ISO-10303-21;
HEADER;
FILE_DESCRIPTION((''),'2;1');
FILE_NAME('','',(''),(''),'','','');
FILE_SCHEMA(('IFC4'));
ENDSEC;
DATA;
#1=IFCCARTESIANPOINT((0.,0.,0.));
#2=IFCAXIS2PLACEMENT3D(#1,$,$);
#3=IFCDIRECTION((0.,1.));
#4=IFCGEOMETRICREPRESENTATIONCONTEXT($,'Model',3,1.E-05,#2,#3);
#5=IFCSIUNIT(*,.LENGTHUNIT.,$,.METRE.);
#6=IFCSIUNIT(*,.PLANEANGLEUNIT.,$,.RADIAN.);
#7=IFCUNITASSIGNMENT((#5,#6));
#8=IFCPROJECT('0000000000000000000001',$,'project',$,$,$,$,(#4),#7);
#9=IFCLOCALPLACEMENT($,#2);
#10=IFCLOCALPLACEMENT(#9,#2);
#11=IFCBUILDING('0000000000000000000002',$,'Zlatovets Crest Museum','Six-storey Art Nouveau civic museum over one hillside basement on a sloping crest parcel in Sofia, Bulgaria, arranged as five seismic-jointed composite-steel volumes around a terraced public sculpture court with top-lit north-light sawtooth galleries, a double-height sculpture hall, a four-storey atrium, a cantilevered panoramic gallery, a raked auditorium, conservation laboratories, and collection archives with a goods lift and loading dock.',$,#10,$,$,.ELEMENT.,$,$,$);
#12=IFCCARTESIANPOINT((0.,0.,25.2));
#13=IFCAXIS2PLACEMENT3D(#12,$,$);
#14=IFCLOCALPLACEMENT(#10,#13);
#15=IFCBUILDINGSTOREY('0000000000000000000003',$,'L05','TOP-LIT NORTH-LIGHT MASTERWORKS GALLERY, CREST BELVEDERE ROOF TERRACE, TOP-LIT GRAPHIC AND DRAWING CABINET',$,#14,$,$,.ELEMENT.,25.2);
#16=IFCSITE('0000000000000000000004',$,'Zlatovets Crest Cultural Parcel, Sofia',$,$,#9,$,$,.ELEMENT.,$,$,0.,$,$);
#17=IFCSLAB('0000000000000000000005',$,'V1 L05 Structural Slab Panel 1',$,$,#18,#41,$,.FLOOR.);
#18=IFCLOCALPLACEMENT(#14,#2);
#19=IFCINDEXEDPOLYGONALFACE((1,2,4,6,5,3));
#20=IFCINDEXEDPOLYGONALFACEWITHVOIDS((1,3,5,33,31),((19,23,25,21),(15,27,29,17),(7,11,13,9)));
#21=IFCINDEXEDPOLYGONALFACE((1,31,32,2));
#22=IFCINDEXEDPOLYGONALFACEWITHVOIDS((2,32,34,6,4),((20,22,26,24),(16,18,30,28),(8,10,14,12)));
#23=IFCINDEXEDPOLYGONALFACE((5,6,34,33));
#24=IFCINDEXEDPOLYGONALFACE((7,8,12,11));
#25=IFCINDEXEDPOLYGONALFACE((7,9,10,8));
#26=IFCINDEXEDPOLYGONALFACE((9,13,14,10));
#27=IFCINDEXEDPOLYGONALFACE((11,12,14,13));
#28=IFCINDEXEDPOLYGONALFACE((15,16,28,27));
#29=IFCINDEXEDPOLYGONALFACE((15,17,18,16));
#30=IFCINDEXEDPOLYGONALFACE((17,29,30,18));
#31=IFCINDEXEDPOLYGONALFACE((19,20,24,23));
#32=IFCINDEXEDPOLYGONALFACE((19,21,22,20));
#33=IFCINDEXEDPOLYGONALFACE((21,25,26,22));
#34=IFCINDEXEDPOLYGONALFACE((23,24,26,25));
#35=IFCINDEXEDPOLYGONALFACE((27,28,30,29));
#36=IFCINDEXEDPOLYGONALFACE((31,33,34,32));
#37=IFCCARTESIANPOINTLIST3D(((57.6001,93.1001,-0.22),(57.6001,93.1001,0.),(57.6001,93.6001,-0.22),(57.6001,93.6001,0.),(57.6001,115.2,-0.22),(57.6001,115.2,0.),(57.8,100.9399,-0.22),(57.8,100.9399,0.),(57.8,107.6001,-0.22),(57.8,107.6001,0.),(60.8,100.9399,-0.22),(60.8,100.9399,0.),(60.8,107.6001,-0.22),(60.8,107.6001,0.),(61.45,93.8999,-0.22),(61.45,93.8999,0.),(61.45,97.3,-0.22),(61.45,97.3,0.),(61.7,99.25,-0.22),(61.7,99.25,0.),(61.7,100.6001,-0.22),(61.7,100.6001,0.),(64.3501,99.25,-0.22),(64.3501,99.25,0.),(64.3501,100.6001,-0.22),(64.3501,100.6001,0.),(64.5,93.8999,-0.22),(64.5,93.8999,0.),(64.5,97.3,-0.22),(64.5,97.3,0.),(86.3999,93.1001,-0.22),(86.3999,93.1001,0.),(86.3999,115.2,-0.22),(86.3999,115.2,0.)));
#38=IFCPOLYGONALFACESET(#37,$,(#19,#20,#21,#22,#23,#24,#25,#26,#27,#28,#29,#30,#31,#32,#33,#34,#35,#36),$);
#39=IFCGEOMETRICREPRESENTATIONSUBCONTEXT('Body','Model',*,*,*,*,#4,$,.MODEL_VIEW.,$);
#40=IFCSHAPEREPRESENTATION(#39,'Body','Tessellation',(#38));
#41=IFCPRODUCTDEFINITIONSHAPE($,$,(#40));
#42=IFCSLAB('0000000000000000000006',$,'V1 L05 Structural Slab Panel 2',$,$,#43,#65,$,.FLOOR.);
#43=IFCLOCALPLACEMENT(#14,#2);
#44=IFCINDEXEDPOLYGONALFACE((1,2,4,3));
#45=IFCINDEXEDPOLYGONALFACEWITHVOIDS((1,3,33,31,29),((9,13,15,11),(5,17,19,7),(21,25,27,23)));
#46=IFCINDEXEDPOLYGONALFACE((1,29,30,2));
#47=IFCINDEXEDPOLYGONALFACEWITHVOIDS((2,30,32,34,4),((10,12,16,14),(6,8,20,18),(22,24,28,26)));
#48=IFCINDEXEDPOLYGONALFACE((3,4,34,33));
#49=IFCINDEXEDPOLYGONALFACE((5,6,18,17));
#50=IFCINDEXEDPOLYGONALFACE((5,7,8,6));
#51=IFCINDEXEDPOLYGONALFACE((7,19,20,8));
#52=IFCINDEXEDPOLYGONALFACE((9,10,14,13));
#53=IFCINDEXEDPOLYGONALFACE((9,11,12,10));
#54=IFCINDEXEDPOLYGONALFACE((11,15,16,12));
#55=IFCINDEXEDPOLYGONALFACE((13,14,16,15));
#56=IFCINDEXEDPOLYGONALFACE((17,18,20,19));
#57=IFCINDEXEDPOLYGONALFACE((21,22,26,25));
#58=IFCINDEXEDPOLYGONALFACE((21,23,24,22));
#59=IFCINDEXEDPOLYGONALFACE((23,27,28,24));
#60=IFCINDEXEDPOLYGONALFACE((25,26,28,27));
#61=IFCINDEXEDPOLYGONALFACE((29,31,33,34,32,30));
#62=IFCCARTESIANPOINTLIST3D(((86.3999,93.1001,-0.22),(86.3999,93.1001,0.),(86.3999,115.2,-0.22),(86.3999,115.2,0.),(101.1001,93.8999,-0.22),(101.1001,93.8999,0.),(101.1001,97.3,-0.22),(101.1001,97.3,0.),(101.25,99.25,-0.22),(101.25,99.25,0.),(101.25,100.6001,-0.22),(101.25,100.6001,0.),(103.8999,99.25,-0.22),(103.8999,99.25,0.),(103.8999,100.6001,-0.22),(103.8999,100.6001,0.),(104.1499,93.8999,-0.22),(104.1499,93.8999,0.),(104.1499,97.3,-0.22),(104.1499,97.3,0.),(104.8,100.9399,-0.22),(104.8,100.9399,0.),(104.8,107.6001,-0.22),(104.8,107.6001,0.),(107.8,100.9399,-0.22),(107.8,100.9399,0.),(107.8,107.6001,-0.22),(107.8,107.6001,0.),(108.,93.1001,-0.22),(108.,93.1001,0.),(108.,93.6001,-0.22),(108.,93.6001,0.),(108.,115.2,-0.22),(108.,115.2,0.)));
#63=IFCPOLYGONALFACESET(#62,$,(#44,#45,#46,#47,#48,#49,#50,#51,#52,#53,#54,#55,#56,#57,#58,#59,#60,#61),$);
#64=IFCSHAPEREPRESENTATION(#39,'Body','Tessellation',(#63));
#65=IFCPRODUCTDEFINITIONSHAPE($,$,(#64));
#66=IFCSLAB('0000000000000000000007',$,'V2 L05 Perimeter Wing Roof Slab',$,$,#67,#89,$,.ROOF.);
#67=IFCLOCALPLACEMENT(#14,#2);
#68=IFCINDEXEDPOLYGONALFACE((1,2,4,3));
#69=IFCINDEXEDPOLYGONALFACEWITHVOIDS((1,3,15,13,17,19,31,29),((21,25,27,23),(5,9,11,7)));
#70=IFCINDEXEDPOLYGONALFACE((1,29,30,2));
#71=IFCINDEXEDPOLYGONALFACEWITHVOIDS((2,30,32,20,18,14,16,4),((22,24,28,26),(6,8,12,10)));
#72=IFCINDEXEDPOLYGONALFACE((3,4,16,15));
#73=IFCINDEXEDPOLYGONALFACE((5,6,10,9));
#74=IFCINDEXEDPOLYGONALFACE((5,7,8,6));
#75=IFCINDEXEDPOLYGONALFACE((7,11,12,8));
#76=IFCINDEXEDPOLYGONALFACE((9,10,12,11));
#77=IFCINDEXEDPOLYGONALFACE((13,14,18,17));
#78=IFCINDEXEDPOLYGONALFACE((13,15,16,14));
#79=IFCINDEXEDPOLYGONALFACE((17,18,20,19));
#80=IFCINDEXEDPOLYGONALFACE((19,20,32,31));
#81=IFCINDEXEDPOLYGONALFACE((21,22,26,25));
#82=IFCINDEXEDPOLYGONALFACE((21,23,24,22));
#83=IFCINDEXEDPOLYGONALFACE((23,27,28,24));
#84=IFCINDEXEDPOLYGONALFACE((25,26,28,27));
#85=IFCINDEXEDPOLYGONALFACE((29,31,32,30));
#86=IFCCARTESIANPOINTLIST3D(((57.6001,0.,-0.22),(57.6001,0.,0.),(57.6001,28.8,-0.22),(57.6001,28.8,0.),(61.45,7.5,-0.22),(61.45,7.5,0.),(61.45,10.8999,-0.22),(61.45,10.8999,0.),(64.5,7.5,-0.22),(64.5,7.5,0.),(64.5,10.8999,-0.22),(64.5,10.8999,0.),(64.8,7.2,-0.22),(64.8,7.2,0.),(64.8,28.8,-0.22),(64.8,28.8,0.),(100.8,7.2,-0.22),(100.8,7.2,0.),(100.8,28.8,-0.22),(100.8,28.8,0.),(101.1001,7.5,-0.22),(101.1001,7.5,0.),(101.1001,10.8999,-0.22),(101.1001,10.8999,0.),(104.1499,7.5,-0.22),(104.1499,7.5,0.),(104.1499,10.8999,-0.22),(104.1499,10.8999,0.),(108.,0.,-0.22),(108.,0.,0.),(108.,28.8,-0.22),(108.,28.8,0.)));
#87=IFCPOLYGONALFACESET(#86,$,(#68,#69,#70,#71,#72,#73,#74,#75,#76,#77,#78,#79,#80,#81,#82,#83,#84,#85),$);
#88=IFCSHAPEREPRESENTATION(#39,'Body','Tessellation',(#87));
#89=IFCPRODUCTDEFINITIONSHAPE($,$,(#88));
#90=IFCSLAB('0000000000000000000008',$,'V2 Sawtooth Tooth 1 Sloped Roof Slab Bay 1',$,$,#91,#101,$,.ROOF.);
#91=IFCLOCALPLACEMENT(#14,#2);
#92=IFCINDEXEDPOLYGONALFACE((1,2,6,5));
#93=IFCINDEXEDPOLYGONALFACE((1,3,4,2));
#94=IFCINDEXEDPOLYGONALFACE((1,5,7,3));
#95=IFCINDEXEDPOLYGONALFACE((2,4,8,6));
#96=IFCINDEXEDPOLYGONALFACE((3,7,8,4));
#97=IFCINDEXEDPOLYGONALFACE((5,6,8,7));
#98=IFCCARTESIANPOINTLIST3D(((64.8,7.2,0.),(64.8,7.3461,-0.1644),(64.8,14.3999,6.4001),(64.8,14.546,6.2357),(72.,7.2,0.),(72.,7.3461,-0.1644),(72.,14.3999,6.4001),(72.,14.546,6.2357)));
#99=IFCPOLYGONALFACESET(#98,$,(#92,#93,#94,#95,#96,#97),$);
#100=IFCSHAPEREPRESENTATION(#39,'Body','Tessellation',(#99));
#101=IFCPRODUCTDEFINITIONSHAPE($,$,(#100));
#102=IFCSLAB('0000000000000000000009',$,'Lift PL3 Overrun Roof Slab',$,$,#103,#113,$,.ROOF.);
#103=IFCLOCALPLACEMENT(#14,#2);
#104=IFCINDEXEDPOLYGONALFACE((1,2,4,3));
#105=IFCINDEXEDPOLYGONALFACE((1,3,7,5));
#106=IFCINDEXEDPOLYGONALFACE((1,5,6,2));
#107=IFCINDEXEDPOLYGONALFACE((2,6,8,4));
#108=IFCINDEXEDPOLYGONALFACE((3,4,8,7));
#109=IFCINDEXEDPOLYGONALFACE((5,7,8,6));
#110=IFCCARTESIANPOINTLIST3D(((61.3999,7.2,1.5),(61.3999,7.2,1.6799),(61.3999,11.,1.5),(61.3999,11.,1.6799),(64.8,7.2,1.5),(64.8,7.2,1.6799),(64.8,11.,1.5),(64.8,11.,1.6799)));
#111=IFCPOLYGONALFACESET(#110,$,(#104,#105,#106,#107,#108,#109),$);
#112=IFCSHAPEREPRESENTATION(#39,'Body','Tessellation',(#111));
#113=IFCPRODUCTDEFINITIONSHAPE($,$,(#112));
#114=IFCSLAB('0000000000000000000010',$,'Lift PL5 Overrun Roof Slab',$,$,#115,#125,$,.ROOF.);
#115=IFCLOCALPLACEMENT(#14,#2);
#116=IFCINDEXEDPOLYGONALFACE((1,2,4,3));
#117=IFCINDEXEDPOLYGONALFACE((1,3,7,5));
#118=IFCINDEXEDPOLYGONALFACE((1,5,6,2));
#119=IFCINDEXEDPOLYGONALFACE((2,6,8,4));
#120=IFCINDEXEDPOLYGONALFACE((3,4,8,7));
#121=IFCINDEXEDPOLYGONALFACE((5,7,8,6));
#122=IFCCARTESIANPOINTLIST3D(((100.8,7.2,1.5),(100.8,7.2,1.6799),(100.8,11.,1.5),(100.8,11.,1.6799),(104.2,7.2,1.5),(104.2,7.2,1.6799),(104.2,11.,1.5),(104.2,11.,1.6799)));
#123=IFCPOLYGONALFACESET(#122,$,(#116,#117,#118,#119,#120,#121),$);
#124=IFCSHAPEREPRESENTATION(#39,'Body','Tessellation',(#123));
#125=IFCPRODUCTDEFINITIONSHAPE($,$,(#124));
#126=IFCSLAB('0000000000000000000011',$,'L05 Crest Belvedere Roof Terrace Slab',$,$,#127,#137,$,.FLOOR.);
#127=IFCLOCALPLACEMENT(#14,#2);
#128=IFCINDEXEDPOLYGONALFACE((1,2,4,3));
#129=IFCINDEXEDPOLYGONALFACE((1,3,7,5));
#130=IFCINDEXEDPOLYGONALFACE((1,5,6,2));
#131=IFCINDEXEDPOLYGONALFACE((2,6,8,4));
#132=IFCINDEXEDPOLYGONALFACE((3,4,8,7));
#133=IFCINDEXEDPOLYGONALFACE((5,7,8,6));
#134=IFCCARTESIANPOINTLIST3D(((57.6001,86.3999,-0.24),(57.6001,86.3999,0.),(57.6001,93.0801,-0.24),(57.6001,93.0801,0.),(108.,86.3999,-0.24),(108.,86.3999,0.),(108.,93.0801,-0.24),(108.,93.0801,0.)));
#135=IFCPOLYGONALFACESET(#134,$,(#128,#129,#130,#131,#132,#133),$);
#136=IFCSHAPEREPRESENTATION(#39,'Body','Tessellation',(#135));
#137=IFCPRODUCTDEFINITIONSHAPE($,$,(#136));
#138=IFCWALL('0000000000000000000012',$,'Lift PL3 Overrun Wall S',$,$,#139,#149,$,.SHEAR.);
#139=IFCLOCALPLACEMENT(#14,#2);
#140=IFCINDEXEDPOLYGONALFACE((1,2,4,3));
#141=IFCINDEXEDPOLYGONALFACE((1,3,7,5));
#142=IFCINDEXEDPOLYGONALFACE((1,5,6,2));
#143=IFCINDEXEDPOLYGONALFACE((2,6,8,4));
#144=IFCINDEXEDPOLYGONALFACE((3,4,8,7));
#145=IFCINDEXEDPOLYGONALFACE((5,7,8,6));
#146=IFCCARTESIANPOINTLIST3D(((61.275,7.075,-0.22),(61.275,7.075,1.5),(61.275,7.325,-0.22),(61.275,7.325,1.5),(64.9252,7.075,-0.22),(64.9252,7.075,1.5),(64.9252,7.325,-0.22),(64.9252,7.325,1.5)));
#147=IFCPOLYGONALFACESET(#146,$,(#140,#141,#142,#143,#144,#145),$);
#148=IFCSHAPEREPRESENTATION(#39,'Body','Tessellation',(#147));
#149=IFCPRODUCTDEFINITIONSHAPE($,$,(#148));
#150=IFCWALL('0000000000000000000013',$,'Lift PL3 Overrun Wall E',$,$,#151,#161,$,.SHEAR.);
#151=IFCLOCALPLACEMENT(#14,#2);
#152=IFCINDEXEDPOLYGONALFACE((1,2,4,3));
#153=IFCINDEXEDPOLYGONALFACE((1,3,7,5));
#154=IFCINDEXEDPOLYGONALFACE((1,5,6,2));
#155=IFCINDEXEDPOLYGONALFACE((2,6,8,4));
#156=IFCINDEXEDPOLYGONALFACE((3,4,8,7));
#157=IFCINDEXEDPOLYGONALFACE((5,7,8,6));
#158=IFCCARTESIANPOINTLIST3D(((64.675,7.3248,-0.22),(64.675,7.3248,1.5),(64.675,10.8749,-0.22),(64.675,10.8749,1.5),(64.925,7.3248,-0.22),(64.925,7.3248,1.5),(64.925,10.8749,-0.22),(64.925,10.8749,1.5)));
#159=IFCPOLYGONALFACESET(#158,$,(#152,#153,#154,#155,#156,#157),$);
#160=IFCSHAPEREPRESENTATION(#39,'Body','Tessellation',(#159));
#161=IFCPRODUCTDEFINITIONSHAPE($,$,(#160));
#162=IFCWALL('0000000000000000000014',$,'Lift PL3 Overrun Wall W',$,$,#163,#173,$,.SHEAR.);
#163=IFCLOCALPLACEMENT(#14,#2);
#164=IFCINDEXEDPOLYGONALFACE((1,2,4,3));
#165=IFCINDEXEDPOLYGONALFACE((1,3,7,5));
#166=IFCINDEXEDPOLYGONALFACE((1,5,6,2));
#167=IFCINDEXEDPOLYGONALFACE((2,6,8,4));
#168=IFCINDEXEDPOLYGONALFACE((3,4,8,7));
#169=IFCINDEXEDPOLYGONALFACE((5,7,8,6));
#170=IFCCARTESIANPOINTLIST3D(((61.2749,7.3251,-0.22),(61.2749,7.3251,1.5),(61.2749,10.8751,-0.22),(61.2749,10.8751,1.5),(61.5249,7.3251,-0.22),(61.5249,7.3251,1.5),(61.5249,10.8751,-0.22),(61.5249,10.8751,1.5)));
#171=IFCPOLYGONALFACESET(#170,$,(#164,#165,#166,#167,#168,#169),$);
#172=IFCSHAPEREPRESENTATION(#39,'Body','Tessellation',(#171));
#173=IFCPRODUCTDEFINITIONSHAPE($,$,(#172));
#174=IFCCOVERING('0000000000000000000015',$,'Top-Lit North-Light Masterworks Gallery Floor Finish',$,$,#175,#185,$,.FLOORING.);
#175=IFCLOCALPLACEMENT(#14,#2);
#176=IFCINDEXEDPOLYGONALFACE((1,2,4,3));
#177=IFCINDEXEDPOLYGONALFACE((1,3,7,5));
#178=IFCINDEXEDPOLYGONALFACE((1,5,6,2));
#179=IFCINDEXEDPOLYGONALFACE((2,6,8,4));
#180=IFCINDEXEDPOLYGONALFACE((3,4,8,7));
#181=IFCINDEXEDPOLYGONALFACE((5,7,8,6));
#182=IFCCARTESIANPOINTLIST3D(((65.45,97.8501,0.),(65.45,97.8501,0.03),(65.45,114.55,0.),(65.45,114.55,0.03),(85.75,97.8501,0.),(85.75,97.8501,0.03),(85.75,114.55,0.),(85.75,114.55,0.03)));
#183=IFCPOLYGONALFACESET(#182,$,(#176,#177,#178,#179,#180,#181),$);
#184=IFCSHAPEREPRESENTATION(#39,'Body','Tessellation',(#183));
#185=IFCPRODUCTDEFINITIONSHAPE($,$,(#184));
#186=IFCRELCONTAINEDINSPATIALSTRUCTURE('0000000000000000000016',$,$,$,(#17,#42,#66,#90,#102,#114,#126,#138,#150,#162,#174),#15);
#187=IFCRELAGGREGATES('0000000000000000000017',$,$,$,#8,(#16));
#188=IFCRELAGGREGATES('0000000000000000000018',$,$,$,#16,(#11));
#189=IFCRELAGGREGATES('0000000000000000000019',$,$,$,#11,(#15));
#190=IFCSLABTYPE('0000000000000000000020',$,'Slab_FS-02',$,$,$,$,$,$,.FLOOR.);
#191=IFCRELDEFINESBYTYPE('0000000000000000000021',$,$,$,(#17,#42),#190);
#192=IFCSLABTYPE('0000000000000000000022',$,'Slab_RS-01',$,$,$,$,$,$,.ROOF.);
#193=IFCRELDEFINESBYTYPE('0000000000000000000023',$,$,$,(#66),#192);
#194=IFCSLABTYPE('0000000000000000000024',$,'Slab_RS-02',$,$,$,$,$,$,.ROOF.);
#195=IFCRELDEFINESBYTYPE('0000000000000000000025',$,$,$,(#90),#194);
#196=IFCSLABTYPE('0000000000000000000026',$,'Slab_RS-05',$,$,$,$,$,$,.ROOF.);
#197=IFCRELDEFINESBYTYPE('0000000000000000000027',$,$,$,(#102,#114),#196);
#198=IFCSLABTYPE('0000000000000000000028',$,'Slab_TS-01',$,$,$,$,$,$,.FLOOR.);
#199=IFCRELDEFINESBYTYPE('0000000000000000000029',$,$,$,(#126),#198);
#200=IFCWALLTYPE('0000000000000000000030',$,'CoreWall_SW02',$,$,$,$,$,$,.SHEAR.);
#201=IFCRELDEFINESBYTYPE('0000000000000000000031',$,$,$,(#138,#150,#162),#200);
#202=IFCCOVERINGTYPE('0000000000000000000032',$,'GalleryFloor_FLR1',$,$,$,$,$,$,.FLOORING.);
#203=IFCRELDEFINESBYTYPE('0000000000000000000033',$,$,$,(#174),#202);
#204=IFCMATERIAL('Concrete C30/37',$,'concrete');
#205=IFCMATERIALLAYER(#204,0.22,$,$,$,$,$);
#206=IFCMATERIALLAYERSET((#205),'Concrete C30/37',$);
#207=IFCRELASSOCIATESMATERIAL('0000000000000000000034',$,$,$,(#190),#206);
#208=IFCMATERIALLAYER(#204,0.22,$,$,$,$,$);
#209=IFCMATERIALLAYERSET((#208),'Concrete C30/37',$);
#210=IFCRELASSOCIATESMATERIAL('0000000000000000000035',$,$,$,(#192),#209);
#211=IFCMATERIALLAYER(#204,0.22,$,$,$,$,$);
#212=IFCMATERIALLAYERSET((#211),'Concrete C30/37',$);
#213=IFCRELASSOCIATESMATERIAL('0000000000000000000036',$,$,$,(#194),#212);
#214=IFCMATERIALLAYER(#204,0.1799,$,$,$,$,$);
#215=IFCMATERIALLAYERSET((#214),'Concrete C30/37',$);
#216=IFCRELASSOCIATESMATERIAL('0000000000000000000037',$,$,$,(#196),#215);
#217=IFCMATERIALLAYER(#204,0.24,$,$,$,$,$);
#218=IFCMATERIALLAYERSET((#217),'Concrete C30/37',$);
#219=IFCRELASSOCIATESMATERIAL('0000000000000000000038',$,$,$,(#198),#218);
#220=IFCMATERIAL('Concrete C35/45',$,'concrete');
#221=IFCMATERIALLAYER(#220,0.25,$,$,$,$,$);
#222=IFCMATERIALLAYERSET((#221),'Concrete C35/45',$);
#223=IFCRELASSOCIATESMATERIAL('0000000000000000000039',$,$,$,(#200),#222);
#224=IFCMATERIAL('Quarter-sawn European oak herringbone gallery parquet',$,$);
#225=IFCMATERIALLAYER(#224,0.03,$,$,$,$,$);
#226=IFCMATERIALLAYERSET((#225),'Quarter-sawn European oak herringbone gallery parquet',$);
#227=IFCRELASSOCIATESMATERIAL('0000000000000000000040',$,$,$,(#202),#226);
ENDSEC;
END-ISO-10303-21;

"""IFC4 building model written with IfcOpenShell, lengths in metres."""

from ifc_helpers import new_model, si_unit, direction, frame, frame_2d, origin, place, context, subcontext, project, spatial, polyline, rectangle, outline, extrude, material, layer, layer_set, type_object, element, save


model = new_model("IFC4")

# Units and contexts
model_context = context("Model", 3, precision=1e-05, world=origin(), true_north=direction((0.0, 1.0)))
body_context = subcontext(model_context, "Body", "Model", "MODEL_VIEW")
ifc_project = project(units=[si_unit("LENGTHUNIT", "METRE"), si_unit("PLANEANGLEUNIT", "RADIAN")], contexts=[model_context])

# Site, building, storey
site_placement = place(None, origin())
site = spatial("IfcSite", under=ifc_project, at=site_placement, Name="Zlatovets Crest Cultural Parcel, Sofia", CompositionType="ELEMENT", RefElevation=0.0)
building_placement = place(site_placement, origin())
building = spatial("IfcBuilding", under=site, at=building_placement, Name="Zlatovets Crest Museum", Description="Six-storey Art Nouveau civic museum over one hillside basement on a sloping crest parcel in Sofia, Bulgaria, arranged as five seismic-jointed composite-steel volumes around a terraced public sculpture court with top-lit north-light sawtooth galleries, a double-height sculpture hall, a four-storey atrium, a cantilevered panoramic gallery, a raked auditorium, conservation laboratories, and collection archives with a goods lift and loading dock.", CompositionType="ELEMENT")
storey_placement = place(building_placement, frame((0.0, 0.0, 25.2)))
storey = spatial("IfcBuildingStorey", under=building, at=storey_placement, Name="L05", Description="TOP-LIT NORTH-LIGHT MASTERWORKS GALLERY, CREST BELVEDERE ROOF TERRACE, TOP-LIT GRAPHIC AND DRAWING CABINET", CompositionType="ELEMENT", Elevation=25.2)

# Slabs
ifc_material_1 = material(Name="Concrete C30/37", Category="concrete")
ifc_layer_1 = layer(ifc_material_1, 0.22)
ifc_layer_set_1 = layer_set([ifc_layer_1], Name="Concrete C30/37")
slab_type_1 = type_object("IfcSlabType", Name="Slab_FS-02", PredefinedType="FLOOR", material=ifc_layer_set_1)
slab_1_placement = place(storey_placement, frame((0.0, 0.0, -0.22)))
element("IfcSlab", 1, at=slab_1_placement, inside=storey, type_object=slab_type_1, Name="V1 L05 Structural Slab Panel 1", PredefinedType="FLOOR", context=body_context, shape_type="SweptSolid", body=[
    extrude(outline(polyline([(57.6001, 93.6001), (57.6001, 115.2), (86.3999, 115.2), (86.3999, 93.1001), (57.6001, 93.1001), (57.6001, 93.6001)]), holes=[polyline([(57.8, 107.6001), (57.8, 100.9399), (60.8, 100.9399), (60.8, 107.6001), (57.8, 107.6001)]), polyline([(64.5, 93.8999), (64.5, 97.3), (61.45, 97.3), (61.45, 93.8999), (64.5, 93.8999)]), polyline([(61.7, 99.25), (64.3501, 99.25), (64.3501, 100.6001), (61.7, 100.6001), (61.7, 99.25)])]), origin(), (0.0, 0.0, 1.0), 0.22),
])
slab_2_placement = place(storey_placement, frame((0.0, 0.0, -0.22)))
element("IfcSlab", 2, at=slab_2_placement, inside=storey, type_object=slab_type_1, Name="V1 L05 Structural Slab Panel 2", PredefinedType="FLOOR", context=body_context, shape_type="SweptSolid", body=[
    extrude(outline(polyline([(86.3999, 115.2), (108.0, 115.2), (108.0, 93.6001), (108.0, 93.1001), (86.3999, 93.1001), (86.3999, 115.2)]), holes=[polyline([(107.8, 107.6001), (104.8, 107.6001), (104.8, 100.9399), (107.8, 100.9399), (107.8, 107.6001)]), polyline([(101.1001, 97.3), (101.1001, 93.8999), (104.1499, 93.8999), (104.1499, 97.3), (101.1001, 97.3)]), polyline([(103.8999, 100.6001), (101.25, 100.6001), (101.25, 99.25), (103.8999, 99.25), (103.8999, 100.6001)])]), origin(), (0.0, 0.0, 1.0), 0.22),
])
ifc_layer_2 = layer(ifc_material_1, 0.22)
ifc_layer_set_2 = layer_set([ifc_layer_2], Name="Concrete C30/37")
slab_type_2 = type_object("IfcSlabType", Name="Slab_RS-01", PredefinedType="ROOF", material=ifc_layer_set_2)
slab_3_placement = place(storey_placement, frame((0.0, 0.0, -0.22)))
element("IfcSlab", 3, at=slab_3_placement, inside=storey, type_object=slab_type_2, Name="V2 L05 Perimeter Wing Roof Slab", PredefinedType="ROOF", context=body_context, shape_type="SweptSolid", body=[
    extrude(outline(polyline([(57.6001, 0.0), (57.6001, 28.8), (64.8, 28.8), (64.8, 7.2), (100.8, 7.2), (100.8, 28.8), (108.0, 28.8), (108.0, 0.0), (57.6001, 0.0)]), holes=[polyline([(61.45, 10.8999), (61.45, 7.5), (64.5, 7.5), (64.5, 10.8999), (61.45, 10.8999)]), polyline([(104.1499, 10.8999), (101.1001, 10.8999), (101.1001, 7.5), (104.1499, 7.5), (104.1499, 10.8999)])]), origin(), (0.0, 0.0, 1.0), 0.22),
])
ifc_layer_3 = layer(ifc_material_1, 0.22)
ifc_layer_set_3 = layer_set([ifc_layer_3], Name="Concrete C30/37")
slab_type_3 = type_object("IfcSlabType", Name="Slab_RS-02", PredefinedType="ROOF", material=ifc_layer_set_3)
slab_4_placement = place(storey_placement, frame((64.8, 7.2, 0.0), z_axis=(0.0, -0.664375, 0.7474), x_axis=(1.0, 0.0, 0.0)))
element("IfcSlab", 4, at=slab_4_placement, inside=storey, type_object=slab_type_3, Name="V2 Sawtooth Tooth 1 Sloped Roof Slab Bay 1", PredefinedType="ROOF", context=body_context, shape_type="SweptSolid", body=[
    extrude(outline(polyline([(0.0, 0.0), (7.2, 0.0), (7.2, 9.6333), (0.0, 9.6333), (0.0, 0.0)])), origin(), (0.0, 0.0, -1.0), 0.22),
])
ifc_layer_4 = layer(ifc_material_1, 0.1799)
ifc_layer_set_4 = layer_set([ifc_layer_4], Name="Concrete C30/37")
slab_type_4 = type_object("IfcSlabType", Name="Slab_RS-05", PredefinedType="ROOF", material=ifc_layer_set_4)
slab_5_placement = place(storey_placement, frame((0.0, 0.0, 1.5)))
element("IfcSlab", 5, at=slab_5_placement, inside=storey, type_object=slab_type_4, Name="Lift PL3 Overrun Roof Slab", PredefinedType="ROOF", context=body_context, shape_type="SweptSolid", body=[
    extrude(outline(polyline([(61.3999, 7.2), (64.8, 7.2), (64.8, 11.0), (61.3999, 11.0), (61.3999, 7.2)])), origin(), (0.0, 0.0, 1.0), 0.1799),
])
slab_6_placement = place(storey_placement, frame((0.0, 0.0, 1.5)))
element("IfcSlab", 6, at=slab_6_placement, inside=storey, type_object=slab_type_4, Name="Lift PL5 Overrun Roof Slab", PredefinedType="ROOF", context=body_context, shape_type="SweptSolid", body=[
    extrude(outline(polyline([(100.8, 7.2), (104.2, 7.2), (104.2, 11.0), (100.8, 11.0), (100.8, 7.2)])), origin(), (0.0, 0.0, 1.0), 0.1799),
])
ifc_layer_5 = layer(ifc_material_1, 0.24)
ifc_layer_set_5 = layer_set([ifc_layer_5], Name="Concrete C30/37")
slab_type_5 = type_object("IfcSlabType", Name="Slab_TS-01", PredefinedType="FLOOR", material=ifc_layer_set_5)
slab_7_placement = place(storey_placement, frame((0.0, 0.0, -0.24)))
element("IfcSlab", 7, at=slab_7_placement, inside=storey, type_object=slab_type_5, Name="L05 Crest Belvedere Roof Terrace Slab", PredefinedType="FLOOR", context=body_context, shape_type="SweptSolid", body=[
    extrude(outline(polyline([(108.0, 86.3999), (108.0, 93.0801), (57.6001, 93.0801), (57.6001, 86.3999), (108.0, 86.3999)])), origin(), (0.0, 0.0, 1.0), 0.24),
])

# Walls
ifc_material_2 = material(Name="Concrete C35/45", Category="concrete")
ifc_layer_6 = layer(ifc_material_2, 0.25)
ifc_layer_set_6 = layer_set([ifc_layer_6], Name="Concrete C35/45")
wall_type = type_object("IfcWallType", Name="CoreWall_SW02", PredefinedType="SHEAR", material=ifc_layer_set_6)
wall_placement = place(storey_placement, frame((61.2749, 7.2, -0.22), z_axis=(0.0, 0.0, 1.0), x_axis=(1.0, 0.0, 0.0)))
element("IfcWall", 8, at=wall_placement, inside=storey, type_object=wall_type, Name="Lift PL3 Overrun Wall S", PredefinedType="SHEAR", context=body_context, shape_type="SweptSolid", body=[
    extrude(rectangle(XDim=3.6501, YDim=0.25, at=frame_2d((1.8252, 0.0))), origin(), (0.0, 0.0, 1.0), 1.72),
])
for number, where, z_axis, x_axis, name in (
    (9, (64.8, 7.325, -0.22), (0.0, 0.0, 1.0), (0.0, 1.0, 0.0), "Lift PL3 Overrun Wall E"),
    (10, (61.3999, 10.875, -0.22), (0.0, 0.0, 1.0), (0.0, -1.0, 0.0), "Lift PL3 Overrun Wall W"),
):
    element("IfcWall", number, at=place(storey_placement, frame(where, z_axis=z_axis, x_axis=x_axis)), inside=storey, type_object=wall_type, Name=name, PredefinedType="SHEAR", context=body_context, shape_type="SweptSolid", body=[
        extrude(rectangle(XDim=3.55, YDim=0.25, at=frame_2d((1.7749, 0.0))), origin(), (0.0, 0.0, 1.0), 1.72),
    ])

# Covering
ifc_material_3 = material(Name="Quarter-sawn European oak herringbone gallery parquet")
ifc_layer_7 = layer(ifc_material_3, 0.03)
ifc_layer_set_7 = layer_set([ifc_layer_7], Name="Quarter-sawn European oak herringbone gallery parquet")
covering_type_1 = type_object("IfcCoveringType", Name="GalleryFloor_FLR1", PredefinedType="FLOORING", material=ifc_layer_set_7)
covering_1_placement = place(storey_placement, origin())
element("IfcCovering", 11, at=covering_1_placement, inside=storey, type_object=covering_type_1, Name="Top-Lit North-Light Masterworks Gallery Floor Finish", PredefinedType="FLOORING", context=body_context, shape_type="SweptSolid", body=[
    extrude(outline(polyline([(65.45, 97.8501), (85.75, 97.8501), (85.75, 114.55), (65.45, 114.55), (65.45, 97.8501)])), origin(), (0.0, 0.0, 1.0), 0.03),
])

save(model, "model.ifc")
